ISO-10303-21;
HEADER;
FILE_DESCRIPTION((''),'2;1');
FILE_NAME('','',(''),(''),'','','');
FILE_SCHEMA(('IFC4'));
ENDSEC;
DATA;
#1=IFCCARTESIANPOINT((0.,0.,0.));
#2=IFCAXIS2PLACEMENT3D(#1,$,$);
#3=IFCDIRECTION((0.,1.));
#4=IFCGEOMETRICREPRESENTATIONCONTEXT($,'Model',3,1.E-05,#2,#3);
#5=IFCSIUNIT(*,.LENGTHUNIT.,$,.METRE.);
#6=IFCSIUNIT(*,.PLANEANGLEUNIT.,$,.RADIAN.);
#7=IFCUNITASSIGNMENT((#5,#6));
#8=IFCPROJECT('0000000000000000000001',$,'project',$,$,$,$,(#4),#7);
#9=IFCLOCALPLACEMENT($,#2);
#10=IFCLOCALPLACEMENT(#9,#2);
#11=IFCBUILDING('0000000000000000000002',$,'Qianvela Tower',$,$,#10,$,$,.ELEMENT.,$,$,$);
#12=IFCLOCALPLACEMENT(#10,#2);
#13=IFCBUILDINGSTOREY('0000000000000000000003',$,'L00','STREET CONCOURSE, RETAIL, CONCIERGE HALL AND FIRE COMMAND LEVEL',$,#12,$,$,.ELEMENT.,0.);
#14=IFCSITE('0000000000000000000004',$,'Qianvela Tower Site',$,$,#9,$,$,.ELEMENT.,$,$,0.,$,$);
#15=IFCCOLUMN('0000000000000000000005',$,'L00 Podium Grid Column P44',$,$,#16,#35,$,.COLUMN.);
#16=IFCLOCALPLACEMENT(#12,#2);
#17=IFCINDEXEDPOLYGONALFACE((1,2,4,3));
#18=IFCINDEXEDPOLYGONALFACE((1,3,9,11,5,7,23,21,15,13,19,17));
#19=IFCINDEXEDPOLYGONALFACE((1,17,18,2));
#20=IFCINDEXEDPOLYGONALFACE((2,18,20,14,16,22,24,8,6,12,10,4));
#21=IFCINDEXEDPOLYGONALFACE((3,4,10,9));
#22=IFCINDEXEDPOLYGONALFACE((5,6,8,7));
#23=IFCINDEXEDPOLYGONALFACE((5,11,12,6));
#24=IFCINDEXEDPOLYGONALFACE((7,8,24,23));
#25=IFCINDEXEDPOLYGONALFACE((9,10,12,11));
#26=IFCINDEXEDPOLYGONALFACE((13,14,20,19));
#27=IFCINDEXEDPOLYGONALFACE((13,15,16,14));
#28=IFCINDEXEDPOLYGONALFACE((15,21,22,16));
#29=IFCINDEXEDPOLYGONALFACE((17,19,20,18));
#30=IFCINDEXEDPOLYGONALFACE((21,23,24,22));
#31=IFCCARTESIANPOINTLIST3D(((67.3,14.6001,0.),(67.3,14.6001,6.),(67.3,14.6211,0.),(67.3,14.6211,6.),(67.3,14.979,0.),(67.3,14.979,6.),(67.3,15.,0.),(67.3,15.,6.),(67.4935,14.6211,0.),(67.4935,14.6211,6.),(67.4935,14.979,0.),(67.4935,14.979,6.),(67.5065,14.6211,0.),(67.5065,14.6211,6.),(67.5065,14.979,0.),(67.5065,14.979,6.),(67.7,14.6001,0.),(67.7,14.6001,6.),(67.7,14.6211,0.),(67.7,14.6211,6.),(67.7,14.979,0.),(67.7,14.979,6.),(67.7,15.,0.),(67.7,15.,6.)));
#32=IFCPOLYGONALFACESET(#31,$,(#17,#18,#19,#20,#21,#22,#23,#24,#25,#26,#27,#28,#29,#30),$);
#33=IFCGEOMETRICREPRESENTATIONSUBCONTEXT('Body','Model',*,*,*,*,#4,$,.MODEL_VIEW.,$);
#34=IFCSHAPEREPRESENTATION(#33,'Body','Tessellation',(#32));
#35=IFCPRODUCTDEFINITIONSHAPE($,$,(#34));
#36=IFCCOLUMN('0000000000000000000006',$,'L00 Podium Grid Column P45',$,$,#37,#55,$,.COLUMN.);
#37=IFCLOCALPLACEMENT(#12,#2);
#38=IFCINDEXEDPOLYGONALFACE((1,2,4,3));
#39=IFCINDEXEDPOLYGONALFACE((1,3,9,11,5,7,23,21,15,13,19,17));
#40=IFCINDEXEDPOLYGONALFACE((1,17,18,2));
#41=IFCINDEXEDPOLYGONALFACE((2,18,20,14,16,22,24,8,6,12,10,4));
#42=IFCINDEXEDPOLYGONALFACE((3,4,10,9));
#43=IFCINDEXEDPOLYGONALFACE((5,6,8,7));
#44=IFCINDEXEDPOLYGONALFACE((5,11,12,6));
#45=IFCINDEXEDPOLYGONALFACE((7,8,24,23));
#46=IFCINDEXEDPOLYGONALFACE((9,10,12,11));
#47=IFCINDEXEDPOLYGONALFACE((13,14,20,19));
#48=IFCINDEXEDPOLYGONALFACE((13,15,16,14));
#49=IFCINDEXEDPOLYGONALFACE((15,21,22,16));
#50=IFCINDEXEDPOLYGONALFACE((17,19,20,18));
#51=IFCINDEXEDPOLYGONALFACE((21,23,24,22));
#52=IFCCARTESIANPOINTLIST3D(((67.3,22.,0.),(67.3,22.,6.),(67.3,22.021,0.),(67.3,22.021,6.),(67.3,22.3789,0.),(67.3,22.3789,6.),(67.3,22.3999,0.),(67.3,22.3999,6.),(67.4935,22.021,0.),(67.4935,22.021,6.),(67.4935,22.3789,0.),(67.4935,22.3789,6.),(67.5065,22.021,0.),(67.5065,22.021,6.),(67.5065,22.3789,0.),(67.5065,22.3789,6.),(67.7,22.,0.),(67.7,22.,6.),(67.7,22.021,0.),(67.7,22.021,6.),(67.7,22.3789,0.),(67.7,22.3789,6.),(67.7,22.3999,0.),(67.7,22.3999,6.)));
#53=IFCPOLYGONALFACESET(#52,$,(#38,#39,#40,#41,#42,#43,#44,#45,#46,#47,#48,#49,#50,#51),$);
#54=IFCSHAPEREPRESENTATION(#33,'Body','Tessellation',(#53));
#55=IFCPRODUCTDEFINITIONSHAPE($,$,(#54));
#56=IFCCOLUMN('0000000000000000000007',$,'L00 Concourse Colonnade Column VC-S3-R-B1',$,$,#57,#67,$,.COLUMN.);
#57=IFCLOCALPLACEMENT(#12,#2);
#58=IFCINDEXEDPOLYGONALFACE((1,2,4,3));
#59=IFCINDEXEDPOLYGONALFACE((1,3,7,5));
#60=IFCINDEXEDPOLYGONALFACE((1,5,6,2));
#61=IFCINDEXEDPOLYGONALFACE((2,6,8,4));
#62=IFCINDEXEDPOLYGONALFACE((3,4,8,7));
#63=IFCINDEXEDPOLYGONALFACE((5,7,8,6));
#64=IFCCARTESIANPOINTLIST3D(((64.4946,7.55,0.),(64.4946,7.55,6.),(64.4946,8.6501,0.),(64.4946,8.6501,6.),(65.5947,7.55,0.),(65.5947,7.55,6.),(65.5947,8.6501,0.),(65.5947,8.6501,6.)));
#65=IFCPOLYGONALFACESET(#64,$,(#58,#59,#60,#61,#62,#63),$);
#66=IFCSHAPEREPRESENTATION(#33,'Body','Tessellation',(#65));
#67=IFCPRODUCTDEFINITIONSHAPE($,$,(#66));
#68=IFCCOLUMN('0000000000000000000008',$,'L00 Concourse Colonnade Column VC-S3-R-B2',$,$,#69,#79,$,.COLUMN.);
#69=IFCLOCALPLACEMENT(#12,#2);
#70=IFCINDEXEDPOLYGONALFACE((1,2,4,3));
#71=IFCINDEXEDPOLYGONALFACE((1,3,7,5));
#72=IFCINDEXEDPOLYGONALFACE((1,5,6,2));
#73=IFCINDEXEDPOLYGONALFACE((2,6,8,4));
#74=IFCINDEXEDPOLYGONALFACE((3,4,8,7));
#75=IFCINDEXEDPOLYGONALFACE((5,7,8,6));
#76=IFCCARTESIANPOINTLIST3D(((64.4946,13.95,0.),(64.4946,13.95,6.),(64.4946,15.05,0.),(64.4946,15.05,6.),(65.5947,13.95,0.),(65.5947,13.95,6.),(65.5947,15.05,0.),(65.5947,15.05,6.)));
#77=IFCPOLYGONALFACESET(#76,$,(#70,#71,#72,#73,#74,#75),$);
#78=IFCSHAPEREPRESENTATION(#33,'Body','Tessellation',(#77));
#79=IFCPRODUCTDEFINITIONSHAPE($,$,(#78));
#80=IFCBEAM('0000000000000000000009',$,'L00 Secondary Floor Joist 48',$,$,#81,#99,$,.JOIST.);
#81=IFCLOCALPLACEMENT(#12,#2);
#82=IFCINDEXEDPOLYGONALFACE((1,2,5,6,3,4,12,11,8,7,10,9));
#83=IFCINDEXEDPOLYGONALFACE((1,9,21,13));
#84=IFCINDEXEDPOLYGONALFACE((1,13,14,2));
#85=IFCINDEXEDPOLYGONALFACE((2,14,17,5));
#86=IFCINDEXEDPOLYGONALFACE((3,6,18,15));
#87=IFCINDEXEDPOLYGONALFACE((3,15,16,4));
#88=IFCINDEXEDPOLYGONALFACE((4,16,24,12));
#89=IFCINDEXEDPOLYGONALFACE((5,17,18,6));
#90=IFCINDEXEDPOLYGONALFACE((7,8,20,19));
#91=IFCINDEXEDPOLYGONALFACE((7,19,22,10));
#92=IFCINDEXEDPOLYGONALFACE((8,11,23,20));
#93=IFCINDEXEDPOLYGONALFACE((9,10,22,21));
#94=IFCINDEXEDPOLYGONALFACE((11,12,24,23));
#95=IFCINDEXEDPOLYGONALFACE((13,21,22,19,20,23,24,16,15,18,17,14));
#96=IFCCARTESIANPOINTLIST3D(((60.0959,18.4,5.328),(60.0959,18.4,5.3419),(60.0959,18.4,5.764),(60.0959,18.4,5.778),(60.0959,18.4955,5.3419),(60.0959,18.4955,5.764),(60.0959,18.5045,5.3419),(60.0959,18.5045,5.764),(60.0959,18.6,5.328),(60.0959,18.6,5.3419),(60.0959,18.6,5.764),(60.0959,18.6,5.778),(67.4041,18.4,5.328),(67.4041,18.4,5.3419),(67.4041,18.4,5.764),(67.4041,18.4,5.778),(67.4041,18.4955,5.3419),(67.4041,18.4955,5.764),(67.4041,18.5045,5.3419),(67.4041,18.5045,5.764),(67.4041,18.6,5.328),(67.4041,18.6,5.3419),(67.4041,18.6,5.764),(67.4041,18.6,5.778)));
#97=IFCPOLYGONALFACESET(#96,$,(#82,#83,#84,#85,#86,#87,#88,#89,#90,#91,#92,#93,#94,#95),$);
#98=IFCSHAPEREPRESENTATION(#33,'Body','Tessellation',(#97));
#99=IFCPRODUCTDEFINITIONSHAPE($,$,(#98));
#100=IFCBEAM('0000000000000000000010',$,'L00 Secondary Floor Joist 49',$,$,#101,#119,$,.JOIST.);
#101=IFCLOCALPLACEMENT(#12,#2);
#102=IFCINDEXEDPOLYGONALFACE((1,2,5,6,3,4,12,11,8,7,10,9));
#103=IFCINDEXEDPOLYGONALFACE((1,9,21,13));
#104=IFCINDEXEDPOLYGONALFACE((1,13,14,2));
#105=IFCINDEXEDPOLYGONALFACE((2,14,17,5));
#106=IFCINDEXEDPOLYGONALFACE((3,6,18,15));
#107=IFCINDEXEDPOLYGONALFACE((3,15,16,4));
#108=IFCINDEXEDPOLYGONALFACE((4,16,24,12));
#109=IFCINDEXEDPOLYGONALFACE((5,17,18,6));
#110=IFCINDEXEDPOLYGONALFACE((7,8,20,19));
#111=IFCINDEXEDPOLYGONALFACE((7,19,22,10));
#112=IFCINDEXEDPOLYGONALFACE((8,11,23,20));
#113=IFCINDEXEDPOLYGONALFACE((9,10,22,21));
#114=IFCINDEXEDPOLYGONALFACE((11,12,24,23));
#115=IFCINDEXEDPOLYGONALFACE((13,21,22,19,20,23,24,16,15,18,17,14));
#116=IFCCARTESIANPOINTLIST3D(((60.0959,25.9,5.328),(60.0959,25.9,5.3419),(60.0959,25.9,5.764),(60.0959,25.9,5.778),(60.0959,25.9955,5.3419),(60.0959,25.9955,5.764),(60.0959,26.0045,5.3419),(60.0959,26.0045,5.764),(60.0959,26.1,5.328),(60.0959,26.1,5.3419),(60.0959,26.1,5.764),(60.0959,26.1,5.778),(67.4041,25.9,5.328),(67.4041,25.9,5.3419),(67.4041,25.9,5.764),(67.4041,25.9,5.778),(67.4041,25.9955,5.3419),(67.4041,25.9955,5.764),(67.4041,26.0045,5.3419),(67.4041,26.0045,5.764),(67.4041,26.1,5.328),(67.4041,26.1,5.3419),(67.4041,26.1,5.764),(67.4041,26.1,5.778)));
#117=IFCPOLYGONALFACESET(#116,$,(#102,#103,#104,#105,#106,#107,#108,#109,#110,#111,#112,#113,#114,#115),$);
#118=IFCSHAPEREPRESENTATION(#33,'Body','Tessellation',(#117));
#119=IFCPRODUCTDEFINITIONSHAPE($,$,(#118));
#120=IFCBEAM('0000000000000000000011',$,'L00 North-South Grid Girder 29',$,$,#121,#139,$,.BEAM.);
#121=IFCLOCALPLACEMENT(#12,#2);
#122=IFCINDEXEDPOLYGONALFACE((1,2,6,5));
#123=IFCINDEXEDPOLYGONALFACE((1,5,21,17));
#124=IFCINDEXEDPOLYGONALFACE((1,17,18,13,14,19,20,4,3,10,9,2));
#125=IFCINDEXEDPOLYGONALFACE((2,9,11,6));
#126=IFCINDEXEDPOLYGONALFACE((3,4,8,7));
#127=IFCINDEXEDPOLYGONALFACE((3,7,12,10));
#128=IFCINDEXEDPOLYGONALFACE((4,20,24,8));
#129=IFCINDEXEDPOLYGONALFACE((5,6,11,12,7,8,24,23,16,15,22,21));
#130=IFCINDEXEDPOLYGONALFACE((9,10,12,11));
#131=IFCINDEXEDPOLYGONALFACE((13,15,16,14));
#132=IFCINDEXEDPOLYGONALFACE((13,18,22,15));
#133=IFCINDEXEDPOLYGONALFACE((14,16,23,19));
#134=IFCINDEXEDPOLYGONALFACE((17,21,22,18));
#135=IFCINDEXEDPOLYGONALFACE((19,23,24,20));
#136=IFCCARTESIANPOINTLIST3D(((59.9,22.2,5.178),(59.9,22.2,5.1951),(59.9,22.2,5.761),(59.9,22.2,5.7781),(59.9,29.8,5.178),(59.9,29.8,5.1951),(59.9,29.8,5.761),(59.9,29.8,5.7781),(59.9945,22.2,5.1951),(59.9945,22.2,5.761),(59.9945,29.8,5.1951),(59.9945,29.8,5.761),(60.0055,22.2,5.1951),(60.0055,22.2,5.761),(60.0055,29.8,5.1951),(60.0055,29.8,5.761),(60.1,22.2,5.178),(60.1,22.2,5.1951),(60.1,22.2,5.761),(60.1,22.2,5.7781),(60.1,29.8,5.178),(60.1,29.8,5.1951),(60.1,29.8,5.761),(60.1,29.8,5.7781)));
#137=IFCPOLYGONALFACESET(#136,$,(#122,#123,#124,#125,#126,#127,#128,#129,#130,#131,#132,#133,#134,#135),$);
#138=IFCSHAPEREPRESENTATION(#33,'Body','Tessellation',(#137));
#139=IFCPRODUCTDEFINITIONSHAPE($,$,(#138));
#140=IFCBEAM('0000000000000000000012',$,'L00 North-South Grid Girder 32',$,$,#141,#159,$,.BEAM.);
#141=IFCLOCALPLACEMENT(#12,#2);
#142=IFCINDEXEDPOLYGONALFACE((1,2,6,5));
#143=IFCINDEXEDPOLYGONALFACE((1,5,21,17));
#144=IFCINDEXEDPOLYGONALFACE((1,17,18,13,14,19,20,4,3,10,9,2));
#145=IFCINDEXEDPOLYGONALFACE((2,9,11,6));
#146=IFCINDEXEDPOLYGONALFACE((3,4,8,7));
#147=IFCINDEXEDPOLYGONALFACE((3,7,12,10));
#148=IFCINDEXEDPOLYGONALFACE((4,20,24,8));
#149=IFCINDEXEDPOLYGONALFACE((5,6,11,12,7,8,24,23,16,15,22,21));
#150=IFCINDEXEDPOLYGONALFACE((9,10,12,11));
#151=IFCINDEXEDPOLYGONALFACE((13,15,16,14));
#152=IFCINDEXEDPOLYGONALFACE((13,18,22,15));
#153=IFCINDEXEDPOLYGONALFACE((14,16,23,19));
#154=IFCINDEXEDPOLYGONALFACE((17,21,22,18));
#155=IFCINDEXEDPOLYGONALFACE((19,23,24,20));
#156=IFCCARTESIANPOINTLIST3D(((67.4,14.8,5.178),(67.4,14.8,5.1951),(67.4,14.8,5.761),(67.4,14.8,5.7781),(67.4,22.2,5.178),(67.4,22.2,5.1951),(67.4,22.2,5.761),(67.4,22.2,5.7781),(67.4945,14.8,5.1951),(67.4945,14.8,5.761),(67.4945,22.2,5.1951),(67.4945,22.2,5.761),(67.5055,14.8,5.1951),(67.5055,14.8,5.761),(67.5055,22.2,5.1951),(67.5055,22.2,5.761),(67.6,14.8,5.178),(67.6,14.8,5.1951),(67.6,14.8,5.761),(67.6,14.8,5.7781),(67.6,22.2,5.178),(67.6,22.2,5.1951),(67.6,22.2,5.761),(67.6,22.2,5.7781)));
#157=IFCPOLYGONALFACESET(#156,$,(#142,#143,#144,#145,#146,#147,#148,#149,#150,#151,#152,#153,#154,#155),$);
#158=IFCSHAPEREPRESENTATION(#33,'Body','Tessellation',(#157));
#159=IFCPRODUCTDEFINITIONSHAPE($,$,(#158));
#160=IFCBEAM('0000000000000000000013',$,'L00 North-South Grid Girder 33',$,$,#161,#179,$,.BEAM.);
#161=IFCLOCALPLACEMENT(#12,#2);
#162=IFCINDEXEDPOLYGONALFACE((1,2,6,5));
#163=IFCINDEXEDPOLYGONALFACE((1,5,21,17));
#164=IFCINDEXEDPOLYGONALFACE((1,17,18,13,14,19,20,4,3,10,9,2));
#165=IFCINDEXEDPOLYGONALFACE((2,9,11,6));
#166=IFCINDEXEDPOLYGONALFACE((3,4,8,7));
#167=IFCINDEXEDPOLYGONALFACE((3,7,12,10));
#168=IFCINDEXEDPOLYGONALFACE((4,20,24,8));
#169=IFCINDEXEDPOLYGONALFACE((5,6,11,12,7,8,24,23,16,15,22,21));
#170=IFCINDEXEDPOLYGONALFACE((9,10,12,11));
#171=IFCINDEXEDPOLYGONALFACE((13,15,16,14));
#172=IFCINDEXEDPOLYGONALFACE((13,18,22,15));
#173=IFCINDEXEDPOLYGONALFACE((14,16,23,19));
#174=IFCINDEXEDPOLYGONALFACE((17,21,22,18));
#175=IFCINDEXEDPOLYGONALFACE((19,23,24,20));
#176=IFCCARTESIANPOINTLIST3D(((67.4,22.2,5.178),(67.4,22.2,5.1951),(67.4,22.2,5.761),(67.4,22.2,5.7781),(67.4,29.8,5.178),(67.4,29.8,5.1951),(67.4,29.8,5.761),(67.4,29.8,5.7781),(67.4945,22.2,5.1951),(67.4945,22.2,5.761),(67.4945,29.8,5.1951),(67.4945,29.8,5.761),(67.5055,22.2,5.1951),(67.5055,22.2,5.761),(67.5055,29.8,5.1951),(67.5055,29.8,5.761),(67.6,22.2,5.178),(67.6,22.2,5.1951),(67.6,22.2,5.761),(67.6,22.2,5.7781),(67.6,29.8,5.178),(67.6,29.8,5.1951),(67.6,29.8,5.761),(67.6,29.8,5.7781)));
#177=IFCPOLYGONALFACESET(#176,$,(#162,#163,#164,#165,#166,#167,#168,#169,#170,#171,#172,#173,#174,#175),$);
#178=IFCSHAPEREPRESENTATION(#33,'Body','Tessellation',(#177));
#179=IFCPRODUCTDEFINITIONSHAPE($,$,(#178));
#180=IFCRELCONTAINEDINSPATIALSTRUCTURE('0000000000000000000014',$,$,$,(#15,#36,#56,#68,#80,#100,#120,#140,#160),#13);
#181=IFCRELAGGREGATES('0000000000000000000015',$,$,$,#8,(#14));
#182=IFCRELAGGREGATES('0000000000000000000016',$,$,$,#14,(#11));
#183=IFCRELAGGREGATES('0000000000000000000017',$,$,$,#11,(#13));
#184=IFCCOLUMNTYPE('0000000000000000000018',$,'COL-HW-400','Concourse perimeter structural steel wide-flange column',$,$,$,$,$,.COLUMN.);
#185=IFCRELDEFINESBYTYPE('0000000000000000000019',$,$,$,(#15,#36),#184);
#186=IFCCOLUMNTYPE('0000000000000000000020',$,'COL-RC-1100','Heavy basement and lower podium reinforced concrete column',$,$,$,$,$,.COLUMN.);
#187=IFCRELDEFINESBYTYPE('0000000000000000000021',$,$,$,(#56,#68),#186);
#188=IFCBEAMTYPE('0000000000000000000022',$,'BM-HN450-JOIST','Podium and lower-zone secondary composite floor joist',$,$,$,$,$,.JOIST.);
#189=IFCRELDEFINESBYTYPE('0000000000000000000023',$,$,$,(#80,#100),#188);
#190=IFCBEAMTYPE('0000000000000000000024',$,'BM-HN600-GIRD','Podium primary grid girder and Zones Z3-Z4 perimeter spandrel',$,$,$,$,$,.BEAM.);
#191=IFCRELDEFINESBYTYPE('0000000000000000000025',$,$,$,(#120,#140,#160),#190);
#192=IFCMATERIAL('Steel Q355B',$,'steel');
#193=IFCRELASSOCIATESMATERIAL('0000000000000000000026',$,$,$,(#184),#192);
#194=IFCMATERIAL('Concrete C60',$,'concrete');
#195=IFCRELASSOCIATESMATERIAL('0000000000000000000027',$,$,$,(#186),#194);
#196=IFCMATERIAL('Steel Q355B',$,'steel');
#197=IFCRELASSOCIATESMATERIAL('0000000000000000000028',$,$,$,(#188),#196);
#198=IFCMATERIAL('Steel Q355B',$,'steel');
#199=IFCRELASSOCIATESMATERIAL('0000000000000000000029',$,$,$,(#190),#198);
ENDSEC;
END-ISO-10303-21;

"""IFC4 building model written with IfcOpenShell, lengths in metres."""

from ifc_helpers import new_model, si_unit, direction, frame, origin, origin_2d, place, context, subcontext, project, spatial, rectangle, i_section, extrude, material, material_profile, profile_set, type_object, element, save


model = new_model("IFC4")

# Units and contexts
model_context = context("Model", 3, precision=1e-05, world=origin(), true_north=direction((0.0, 1.0)))
body_context = subcontext(model_context, "Body", "Model", "MODEL_VIEW")
ifc_project = project(units=[si_unit("LENGTHUNIT", "METRE"), si_unit("PLANEANGLEUNIT", "RADIAN")], contexts=[model_context])

# Site, building, storey
site_placement = place(None, origin())
site = spatial("IfcSite", under=ifc_project, at=site_placement, Name="Qianvela Tower Site", CompositionType="ELEMENT", RefElevation=0.0)
building_placement = place(site_placement, origin())
building = spatial("IfcBuilding", under=site, at=building_placement, Name="Qianvela Tower", CompositionType="ELEMENT")
storey_placement = place(building_placement, origin())
storey = spatial("IfcBuildingStorey", under=building, at=storey_placement, Name="L00", Description="STREET CONCOURSE, RETAIL, CONCIERGE HALL AND FIRE COMMAND LEVEL", CompositionType="ELEMENT", Elevation=0.0)

# Columns
ifc_material_1 = material(Name="Steel Q355B", Category="steel")
ifc_material_profile_1 = material_profile(ifc_material_1, i_section(OverallWidth=0.3999, OverallDepth=0.3999, WebThickness=0.0129, FlangeThickness=0.021, at=origin_2d()), Name="HW400x400x13x21")
ifc_profile_set_1 = profile_set([ifc_material_profile_1], Name="Steel Q355B")
column_type_1 = type_object("IfcColumnType", Name="COL-HW-400", Description="Concourse perimeter structural steel wide-flange column", PredefinedType="COLUMN", material=ifc_profile_set_1)
for number, where, z_axis, x_axis, name in (
    (1, (67.5, 14.8, 0.0), (0.0, 0.0, 1.0), (1.0, 0.0, 0.0), "L00 Podium Grid Column P44"),
    (2, (67.5, 22.2, 0.0), (0.0, 0.0, 1.0), (1.0, 0.0, 0.0), "L00 Podium Grid Column P45"),
):
    element("IfcColumn", number, at=place(storey_placement, frame(where, z_axis=z_axis, x_axis=x_axis)), inside=storey, type_object=column_type_1, Name=name, PredefinedType="COLUMN", context=body_context, shape_type="SweptSolid", body=[
        extrude(i_section(OverallWidth=0.3999, OverallDepth=0.3999, WebThickness=0.0129, FlangeThickness=0.021, at=origin_2d()), origin(), (0.0, 0.0, 1.0), 6.0),
    ])
ifc_material_2 = material(Name="Concrete C60", Category="concrete")
ifc_material_profile_2 = material_profile(ifc_material_2, rectangle(XDim=1.1001, YDim=1.1001, at=origin_2d()), Name="RC-COL-1100x1100")
ifc_profile_set_2 = profile_set([ifc_material_profile_2], Name="Concrete C60")
column_type_2 = type_object("IfcColumnType", Name="COL-RC-1100", Description="Heavy basement and lower podium reinforced concrete column", PredefinedType="COLUMN", material=ifc_profile_set_2)
for number, where, z_axis, x_axis, name in (
    (3, (65.0447, 8.1001, 0.0), (0.0, 0.0, 1.0), (1.0, 0.0, 0.0), "L00 Concourse Colonnade Column VC-S3-R-B1"),
    (4, (65.0447, 14.5, 0.0), (0.0, 0.0, 1.0), (1.0, 0.0, 0.0), "L00 Concourse Colonnade Column VC-S3-R-B2"),
):
    element("IfcColumn", number, at=place(storey_placement, frame(where, z_axis=z_axis, x_axis=x_axis)), inside=storey, type_object=column_type_2, Name=name, PredefinedType="COLUMN", context=body_context, shape_type="SweptSolid", body=[
        extrude(rectangle(XDim=1.1001, YDim=1.1001, at=origin_2d()), origin(), (0.0, 0.0, 1.0), 6.0),
    ])

# Beams
ifc_material_3 = material(Name="Steel Q355B", Category="steel")
ifc_material_profile_3 = material_profile(ifc_material_3, i_section(OverallWidth=0.2, OverallDepth=0.45, WebThickness=0.009, FlangeThickness=0.0139, at=origin_2d()), Name="HN450x200x9x14")
ifc_profile_set_3 = profile_set([ifc_material_profile_3], Name="Steel Q355B")
beam_type_1 = type_object("IfcBeamType", Name="BM-HN450-JOIST", Description="Podium and lower-zone secondary composite floor joist", PredefinedType="JOIST", material=ifc_profile_set_3)
for number, where, z_axis, x_axis, name in (
    (5, (60.0959, 18.5, 5.553), (1.0, 0.0, 0.0), (0.0, 1.0, 0.0), "L00 Secondary Floor Joist 48"),
    (6, (60.0959, 26.0, 5.553), (1.0, 0.0, 0.0), (0.0, 1.0, 0.0), "L00 Secondary Floor Joist 49"),
):
    element("IfcBeam", number, at=place(storey_placement, frame(where, z_axis=z_axis, x_axis=x_axis)), inside=storey, type_object=beam_type_1, Name=name, PredefinedType="JOIST", context=body_context, shape_type="SweptSolid", body=[
        extrude(i_section(OverallWidth=0.2, OverallDepth=0.45, WebThickness=0.009, FlangeThickness=0.0139, at=origin_2d()), origin(), (0.0, 0.0, 1.0), 7.3081),
    ])
ifc_material_4 = material(Name="Steel Q355B", Category="steel")
ifc_material_profile_4 = material_profile(ifc_material_4, i_section(OverallWidth=0.2, OverallDepth=0.6001, WebThickness=0.011, FlangeThickness=0.0171, at=origin_2d()), Name="HN600x200x11x17")
ifc_profile_set_4 = profile_set([ifc_material_profile_4], Name="Steel Q355B")
beam_type_2 = type_object("IfcBeamType", Name="BM-HN600-GIRD", Description="Podium primary grid girder and Zones Z3-Z4 perimeter spandrel", PredefinedType="BEAM", material=ifc_profile_set_4)
beam_1_placement = place(storey_placement, frame((60.0, 22.2, 5.478), z_axis=(0.0, 1.0, 0.0), x_axis=(-1.0, 0.0, 0.0)))
element("IfcBeam", 7, at=beam_1_placement, inside=storey, type_object=beam_type_2, Name="L00 North-South Grid Girder 29", PredefinedType="BEAM", context=body_context, shape_type="SweptSolid", body=[
    extrude(i_section(OverallWidth=0.2, OverallDepth=0.6001, WebThickness=0.011, FlangeThickness=0.0171, at=origin_2d()), origin(), (0.0, 0.0, 1.0), 7.6001),
])
beam_2_placement = place(storey_placement, frame((67.5, 14.8, 5.478), z_axis=(0.0, 1.0, 0.0), x_axis=(-1.0, 0.0, 0.0)))
element("IfcBeam", 8, at=beam_2_placement, inside=storey, type_object=beam_type_2, Name="L00 North-South Grid Girder 32", PredefinedType="BEAM", context=body_context, shape_type="SweptSolid", body=[
    extrude(i_section(OverallWidth=0.2, OverallDepth=0.6001, WebThickness=0.011, FlangeThickness=0.0171, at=origin_2d()), origin(), (0.0, 0.0, 1.0), 7.3999),
])
beam_3_placement = place(storey_placement, frame((67.5, 22.2, 5.478), z_axis=(0.0, 1.0, 0.0), x_axis=(-1.0, 0.0, 0.0)))
element("IfcBeam", 9, at=beam_3_placement, inside=storey, type_object=beam_type_2, Name="L00 North-South Grid Girder 33", PredefinedType="BEAM", context=body_context, shape_type="SweptSolid", body=[
    extrude(i_section(OverallWidth=0.2, OverallDepth=0.6001, WebThickness=0.011, FlangeThickness=0.0171, at=origin_2d()), origin(), (0.0, 0.0, 1.0), 7.6001),
])

save(model, "model.ifc")
